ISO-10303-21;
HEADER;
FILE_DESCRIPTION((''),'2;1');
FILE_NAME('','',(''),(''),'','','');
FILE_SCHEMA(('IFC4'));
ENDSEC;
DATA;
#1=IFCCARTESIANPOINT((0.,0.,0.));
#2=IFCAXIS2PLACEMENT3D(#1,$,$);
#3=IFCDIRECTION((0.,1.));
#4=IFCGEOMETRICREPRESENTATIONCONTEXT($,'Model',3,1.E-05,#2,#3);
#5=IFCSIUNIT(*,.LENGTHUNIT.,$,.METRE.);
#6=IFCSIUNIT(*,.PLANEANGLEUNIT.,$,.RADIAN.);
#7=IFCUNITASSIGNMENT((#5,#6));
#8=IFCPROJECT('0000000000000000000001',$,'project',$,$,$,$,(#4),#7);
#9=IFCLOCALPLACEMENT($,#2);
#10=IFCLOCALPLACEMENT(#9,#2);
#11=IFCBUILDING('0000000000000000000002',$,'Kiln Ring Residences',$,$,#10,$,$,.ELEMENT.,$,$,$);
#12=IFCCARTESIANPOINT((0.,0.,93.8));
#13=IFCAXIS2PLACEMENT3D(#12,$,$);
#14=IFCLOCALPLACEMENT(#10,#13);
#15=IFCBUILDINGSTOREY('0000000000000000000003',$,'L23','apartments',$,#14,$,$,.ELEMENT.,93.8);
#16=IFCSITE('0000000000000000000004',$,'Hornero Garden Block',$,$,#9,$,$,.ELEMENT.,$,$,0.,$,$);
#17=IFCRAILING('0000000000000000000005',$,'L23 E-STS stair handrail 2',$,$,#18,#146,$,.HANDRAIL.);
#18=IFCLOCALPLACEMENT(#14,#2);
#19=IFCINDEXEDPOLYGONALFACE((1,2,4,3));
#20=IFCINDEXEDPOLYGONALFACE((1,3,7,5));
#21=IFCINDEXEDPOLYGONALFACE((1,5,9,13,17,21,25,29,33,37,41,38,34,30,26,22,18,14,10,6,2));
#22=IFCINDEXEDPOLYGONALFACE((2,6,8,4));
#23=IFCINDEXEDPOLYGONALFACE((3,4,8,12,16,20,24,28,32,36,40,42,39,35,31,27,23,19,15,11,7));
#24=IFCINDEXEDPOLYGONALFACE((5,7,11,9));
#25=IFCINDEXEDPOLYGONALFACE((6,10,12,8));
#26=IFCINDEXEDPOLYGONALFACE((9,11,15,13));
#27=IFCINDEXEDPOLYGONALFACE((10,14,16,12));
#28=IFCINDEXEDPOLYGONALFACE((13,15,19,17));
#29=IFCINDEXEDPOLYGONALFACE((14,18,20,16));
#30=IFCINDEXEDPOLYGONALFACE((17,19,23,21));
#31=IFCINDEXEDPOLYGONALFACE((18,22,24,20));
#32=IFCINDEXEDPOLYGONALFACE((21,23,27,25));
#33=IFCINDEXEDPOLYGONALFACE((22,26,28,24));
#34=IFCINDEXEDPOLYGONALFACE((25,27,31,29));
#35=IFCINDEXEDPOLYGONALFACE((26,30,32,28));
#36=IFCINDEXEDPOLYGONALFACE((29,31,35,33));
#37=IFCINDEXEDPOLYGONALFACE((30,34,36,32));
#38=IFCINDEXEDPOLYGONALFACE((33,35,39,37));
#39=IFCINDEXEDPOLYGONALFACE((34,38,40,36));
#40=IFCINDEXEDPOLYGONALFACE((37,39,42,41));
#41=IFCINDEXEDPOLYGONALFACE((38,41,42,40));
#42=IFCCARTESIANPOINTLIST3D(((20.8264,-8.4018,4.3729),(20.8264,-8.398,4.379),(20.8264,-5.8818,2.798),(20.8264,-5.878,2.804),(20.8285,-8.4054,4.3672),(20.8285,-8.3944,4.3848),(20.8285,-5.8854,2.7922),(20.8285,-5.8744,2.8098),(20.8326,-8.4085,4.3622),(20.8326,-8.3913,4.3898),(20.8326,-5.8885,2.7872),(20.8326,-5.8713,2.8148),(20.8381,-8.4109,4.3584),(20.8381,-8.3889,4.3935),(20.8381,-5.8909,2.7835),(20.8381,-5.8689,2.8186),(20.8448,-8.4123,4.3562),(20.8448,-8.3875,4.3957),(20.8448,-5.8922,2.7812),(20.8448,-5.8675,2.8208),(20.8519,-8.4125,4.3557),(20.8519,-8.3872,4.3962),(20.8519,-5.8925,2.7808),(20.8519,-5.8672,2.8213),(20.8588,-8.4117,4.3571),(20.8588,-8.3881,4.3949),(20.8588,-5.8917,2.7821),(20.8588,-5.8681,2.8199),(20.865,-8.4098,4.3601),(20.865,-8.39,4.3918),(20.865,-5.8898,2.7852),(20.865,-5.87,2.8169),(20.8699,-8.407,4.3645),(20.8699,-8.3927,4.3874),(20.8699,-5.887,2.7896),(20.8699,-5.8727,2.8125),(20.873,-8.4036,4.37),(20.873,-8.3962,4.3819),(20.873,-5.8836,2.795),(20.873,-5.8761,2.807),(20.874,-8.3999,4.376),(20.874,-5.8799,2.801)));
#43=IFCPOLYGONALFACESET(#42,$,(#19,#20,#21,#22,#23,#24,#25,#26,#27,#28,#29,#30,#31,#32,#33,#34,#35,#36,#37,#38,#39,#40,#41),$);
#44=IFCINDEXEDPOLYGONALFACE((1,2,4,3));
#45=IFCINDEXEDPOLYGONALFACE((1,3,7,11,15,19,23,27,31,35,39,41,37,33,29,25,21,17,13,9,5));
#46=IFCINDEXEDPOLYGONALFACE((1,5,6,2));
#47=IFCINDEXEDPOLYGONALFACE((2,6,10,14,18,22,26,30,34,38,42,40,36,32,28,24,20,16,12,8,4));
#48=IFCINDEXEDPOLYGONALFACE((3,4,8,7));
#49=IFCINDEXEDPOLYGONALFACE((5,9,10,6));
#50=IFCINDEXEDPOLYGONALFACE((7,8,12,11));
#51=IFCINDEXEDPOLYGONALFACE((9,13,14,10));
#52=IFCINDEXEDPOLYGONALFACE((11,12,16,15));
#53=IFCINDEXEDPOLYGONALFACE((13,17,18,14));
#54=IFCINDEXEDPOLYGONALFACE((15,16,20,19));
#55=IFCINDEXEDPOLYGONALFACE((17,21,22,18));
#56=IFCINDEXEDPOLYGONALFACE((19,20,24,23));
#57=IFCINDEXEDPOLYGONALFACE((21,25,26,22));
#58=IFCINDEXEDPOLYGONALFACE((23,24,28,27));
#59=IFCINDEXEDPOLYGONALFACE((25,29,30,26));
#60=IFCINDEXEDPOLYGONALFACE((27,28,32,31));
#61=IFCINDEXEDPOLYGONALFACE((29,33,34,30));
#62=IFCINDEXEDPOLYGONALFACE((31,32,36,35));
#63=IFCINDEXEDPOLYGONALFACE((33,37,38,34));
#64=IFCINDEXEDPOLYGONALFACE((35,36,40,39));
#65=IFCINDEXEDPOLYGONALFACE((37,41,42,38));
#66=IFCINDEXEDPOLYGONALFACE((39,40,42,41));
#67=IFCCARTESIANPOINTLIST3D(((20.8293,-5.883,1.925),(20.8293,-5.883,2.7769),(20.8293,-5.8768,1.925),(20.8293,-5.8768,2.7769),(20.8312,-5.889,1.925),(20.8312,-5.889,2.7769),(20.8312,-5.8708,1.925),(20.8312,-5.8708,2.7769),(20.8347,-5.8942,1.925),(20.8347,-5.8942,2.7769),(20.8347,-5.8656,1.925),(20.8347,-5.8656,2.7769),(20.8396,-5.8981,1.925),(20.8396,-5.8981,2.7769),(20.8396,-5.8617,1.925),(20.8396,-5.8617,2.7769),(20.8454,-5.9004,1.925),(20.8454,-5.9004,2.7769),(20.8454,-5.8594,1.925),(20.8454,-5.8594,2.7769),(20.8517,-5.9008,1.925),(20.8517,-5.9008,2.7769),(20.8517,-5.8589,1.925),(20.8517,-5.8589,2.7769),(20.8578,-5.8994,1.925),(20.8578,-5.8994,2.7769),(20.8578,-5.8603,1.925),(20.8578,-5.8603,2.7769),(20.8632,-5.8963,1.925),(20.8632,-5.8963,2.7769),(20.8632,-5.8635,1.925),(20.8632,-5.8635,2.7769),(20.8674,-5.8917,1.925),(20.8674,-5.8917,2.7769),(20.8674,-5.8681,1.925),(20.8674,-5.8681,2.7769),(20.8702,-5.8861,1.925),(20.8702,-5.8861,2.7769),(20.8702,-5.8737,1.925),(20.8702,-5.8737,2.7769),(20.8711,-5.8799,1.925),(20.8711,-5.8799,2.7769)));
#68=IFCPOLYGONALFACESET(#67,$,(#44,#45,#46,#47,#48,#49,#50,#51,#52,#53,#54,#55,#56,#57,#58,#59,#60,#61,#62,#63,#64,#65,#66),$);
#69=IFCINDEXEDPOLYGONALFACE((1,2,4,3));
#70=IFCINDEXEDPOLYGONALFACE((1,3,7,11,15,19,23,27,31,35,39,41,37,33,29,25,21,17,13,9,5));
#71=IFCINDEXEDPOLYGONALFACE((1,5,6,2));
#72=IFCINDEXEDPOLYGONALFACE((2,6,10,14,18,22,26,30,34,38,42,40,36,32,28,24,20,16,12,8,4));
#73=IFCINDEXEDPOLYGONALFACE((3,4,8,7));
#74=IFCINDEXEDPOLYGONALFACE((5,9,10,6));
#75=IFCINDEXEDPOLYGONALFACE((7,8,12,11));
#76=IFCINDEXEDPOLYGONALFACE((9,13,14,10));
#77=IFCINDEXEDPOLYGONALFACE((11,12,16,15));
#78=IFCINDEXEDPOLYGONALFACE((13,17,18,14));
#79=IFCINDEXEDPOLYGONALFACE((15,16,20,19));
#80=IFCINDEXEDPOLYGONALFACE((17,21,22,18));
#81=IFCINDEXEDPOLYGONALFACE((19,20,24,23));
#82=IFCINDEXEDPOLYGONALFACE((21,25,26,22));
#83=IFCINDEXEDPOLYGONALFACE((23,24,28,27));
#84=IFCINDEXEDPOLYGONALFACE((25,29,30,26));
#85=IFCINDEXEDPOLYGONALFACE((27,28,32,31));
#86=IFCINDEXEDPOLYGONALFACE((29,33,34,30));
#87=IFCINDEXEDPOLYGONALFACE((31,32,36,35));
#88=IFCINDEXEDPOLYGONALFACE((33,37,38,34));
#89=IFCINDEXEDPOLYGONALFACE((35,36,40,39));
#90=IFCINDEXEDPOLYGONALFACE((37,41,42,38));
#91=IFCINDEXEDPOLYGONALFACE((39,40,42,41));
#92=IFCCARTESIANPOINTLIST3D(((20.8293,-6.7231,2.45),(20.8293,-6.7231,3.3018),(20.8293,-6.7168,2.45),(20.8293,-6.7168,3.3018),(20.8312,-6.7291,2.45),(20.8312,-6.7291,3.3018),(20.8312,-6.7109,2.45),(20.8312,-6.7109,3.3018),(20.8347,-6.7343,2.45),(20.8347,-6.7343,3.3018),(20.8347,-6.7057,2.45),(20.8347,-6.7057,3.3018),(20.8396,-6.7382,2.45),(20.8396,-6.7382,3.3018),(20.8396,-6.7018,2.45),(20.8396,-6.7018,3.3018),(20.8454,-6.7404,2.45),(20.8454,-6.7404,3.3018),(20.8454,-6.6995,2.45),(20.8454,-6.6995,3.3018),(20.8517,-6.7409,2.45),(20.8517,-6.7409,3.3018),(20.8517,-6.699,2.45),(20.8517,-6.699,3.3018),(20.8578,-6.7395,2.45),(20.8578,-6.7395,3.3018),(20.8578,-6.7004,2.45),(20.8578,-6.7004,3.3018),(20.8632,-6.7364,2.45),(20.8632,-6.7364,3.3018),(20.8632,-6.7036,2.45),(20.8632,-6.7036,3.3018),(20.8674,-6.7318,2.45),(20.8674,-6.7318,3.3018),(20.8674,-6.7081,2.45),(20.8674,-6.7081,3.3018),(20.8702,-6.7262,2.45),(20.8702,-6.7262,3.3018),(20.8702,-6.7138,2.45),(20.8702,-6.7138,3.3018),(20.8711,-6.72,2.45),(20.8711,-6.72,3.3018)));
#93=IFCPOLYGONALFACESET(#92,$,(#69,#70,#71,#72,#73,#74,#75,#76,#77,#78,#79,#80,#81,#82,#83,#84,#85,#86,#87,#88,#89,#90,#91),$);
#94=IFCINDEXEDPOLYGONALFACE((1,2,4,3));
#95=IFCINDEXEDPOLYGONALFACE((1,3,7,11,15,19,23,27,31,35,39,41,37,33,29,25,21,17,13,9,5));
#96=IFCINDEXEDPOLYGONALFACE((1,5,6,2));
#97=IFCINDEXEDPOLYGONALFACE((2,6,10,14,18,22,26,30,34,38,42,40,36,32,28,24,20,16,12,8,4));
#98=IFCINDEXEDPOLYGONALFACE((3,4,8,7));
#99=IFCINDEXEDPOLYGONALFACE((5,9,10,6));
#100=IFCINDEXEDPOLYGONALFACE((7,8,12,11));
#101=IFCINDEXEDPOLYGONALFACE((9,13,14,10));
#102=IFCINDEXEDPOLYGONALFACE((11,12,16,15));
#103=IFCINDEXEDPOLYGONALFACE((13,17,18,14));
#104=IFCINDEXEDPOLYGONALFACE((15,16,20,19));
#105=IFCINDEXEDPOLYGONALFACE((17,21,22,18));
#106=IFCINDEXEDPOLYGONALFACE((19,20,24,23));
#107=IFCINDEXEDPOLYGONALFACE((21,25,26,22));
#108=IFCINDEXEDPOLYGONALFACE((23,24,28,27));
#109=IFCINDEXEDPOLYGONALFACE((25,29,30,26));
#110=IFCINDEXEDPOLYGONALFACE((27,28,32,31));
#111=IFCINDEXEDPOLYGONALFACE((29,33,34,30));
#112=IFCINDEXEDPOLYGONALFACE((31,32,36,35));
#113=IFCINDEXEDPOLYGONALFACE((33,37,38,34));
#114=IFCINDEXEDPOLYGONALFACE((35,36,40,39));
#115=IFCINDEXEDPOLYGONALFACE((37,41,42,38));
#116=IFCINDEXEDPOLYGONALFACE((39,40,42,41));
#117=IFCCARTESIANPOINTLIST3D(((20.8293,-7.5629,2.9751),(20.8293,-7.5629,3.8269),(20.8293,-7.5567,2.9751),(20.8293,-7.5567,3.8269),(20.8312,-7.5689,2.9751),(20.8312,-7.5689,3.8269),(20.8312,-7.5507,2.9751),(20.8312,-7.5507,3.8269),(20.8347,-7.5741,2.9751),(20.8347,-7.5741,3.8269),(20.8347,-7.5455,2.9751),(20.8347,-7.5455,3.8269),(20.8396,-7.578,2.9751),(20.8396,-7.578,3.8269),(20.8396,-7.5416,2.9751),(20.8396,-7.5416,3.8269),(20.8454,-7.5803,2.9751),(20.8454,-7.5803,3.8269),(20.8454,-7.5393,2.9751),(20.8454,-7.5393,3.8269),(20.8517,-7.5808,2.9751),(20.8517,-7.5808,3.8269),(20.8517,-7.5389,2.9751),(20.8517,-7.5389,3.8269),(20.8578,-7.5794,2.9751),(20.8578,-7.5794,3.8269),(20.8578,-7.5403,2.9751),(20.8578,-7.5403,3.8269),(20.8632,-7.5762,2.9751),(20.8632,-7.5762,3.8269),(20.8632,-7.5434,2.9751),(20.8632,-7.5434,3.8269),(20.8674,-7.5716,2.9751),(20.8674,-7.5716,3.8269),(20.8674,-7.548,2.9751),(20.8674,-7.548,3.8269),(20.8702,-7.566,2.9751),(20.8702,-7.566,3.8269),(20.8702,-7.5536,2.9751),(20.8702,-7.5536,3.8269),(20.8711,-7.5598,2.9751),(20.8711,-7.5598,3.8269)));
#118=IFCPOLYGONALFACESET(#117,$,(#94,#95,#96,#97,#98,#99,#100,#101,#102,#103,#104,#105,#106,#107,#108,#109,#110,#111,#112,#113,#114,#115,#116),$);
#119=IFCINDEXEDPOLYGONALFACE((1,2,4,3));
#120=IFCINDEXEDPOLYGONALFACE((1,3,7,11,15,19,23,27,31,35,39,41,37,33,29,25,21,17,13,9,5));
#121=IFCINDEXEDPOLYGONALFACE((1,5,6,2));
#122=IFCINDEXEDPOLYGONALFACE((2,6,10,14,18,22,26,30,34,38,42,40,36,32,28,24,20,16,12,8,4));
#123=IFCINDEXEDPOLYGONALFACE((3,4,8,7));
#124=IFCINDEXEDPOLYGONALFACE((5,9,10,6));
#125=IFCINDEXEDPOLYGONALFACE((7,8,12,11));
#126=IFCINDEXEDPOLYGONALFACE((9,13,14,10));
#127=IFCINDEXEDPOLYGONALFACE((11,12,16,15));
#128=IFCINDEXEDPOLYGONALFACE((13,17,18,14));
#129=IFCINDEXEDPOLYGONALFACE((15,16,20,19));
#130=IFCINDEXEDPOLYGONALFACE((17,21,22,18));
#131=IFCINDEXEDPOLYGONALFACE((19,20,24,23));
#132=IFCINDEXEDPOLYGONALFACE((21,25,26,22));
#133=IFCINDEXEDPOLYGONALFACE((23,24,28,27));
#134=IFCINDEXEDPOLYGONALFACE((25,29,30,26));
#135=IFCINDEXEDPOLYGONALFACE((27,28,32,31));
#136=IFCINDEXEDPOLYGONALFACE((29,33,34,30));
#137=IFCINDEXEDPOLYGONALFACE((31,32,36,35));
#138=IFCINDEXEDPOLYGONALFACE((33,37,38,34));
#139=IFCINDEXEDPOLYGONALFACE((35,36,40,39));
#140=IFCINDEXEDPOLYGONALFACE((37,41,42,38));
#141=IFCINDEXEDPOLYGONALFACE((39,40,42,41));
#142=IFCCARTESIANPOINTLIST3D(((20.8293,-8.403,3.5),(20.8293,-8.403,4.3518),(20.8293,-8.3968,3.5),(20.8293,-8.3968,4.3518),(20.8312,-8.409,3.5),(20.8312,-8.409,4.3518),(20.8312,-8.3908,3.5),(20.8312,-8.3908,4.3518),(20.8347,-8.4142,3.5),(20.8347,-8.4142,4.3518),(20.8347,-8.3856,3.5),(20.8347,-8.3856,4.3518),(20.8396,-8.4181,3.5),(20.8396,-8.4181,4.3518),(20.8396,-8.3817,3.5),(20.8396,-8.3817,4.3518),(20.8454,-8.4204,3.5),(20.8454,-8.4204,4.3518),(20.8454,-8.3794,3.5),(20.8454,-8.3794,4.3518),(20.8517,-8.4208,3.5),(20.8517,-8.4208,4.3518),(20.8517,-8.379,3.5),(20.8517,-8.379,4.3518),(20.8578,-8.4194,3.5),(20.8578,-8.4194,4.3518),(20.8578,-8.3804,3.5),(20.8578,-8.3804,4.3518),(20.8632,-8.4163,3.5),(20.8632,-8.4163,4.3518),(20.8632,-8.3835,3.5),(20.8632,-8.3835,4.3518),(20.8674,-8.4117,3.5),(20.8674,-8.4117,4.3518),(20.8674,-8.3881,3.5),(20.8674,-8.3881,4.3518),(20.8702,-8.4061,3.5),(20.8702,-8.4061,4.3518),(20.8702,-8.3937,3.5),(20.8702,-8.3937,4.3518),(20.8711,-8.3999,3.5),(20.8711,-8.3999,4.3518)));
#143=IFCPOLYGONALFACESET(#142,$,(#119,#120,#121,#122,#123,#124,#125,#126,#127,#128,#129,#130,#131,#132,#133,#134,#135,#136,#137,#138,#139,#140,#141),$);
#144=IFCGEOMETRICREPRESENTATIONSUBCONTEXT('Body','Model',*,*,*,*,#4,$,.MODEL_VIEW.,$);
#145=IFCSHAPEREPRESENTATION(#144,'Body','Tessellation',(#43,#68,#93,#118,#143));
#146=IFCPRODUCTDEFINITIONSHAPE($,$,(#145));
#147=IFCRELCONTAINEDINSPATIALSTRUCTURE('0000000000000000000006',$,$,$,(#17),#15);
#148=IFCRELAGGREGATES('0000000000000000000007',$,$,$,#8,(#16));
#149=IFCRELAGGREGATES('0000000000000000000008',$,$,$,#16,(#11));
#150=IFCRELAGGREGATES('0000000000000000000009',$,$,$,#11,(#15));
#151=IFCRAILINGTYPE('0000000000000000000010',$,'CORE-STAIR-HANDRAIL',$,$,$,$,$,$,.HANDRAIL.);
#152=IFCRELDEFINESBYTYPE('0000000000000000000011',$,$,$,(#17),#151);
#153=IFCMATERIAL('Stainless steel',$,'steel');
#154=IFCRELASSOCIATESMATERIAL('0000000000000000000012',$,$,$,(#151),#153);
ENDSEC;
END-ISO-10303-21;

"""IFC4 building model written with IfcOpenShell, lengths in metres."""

from ifc_helpers import new_model, si_unit, direction, frame, origin, origin_2d, place, context, subcontext, project, spatial, circle, extrude, material, type_object, element, save


model = new_model("IFC4")

# Units and contexts
model_context = context("Model", 3, precision=1e-05, world=origin(), true_north=direction((0.0, 1.0)))
body_context = subcontext(model_context, "Body", "Model", "MODEL_VIEW")
ifc_project = project(units=[si_unit("LENGTHUNIT", "METRE"), si_unit("PLANEANGLEUNIT", "RADIAN")], contexts=[model_context])

# Site, building, storey
site_placement = place(None, origin())
site = spatial("IfcSite", under=ifc_project, at=site_placement, Name="Hornero Garden Block", CompositionType="ELEMENT", RefElevation=0.0)
building_placement = place(site_placement, origin())
building = spatial("IfcBuilding", under=site, at=building_placement, Name="Kiln Ring Residences", CompositionType="ELEMENT")
storey_placement = place(building_placement, frame((0.0, 0.0, 93.8)))
storey = spatial("IfcBuildingStorey", under=building, at=storey_placement, Name="L23", Description="apartments", CompositionType="ELEMENT", Elevation=93.8)

# Railing
ifc_material_1 = material(Name="Stainless steel", Category="steel")
railing_type_1 = type_object("IfcRailingType", Name="CORE-STAIR-HANDRAIL", PredefinedType="HANDRAIL", material=ifc_material_1)
railing_1_placement = place(storey_placement, frame((20.8501, -5.8799, 1.925)))
element("IfcRailing", 1, at=railing_1_placement, inside=storey, type_object=railing_type_1, Name="L23 E-STS stair handrail 2", PredefinedType="HANDRAIL", context=body_context, shape_type="SweptSolid", body=[
    extrude(circle(Radius=0.0239, at=origin_2d()), frame((0.0, 0.0, 0.876), z_axis=(0.0, -0.848008, 0.529984), x_axis=(1.0, 0.0, 0.0)), (0.0, 0.0, 1.0), 2.9717),
    extrude(circle(Radius=0.021, at=origin_2d()), origin(), (0.0, 0.0, 1.0), 0.8518),
    extrude(circle(Radius=0.021, at=origin_2d()), frame((0.0, -0.8401, 0.5249)), (0.0, 0.0, 1.0), 0.8518),
    extrude(circle(Radius=0.021, at=origin_2d()), frame((0.0, -1.6799, 1.05)), (0.0, 0.0, 1.0), 0.8518),
    extrude(circle(Radius=0.021, at=origin_2d()), frame((0.0, -2.52, 1.575)), (0.0, 0.0, 1.0), 0.8518),
])

save(model, "model.ifc")
